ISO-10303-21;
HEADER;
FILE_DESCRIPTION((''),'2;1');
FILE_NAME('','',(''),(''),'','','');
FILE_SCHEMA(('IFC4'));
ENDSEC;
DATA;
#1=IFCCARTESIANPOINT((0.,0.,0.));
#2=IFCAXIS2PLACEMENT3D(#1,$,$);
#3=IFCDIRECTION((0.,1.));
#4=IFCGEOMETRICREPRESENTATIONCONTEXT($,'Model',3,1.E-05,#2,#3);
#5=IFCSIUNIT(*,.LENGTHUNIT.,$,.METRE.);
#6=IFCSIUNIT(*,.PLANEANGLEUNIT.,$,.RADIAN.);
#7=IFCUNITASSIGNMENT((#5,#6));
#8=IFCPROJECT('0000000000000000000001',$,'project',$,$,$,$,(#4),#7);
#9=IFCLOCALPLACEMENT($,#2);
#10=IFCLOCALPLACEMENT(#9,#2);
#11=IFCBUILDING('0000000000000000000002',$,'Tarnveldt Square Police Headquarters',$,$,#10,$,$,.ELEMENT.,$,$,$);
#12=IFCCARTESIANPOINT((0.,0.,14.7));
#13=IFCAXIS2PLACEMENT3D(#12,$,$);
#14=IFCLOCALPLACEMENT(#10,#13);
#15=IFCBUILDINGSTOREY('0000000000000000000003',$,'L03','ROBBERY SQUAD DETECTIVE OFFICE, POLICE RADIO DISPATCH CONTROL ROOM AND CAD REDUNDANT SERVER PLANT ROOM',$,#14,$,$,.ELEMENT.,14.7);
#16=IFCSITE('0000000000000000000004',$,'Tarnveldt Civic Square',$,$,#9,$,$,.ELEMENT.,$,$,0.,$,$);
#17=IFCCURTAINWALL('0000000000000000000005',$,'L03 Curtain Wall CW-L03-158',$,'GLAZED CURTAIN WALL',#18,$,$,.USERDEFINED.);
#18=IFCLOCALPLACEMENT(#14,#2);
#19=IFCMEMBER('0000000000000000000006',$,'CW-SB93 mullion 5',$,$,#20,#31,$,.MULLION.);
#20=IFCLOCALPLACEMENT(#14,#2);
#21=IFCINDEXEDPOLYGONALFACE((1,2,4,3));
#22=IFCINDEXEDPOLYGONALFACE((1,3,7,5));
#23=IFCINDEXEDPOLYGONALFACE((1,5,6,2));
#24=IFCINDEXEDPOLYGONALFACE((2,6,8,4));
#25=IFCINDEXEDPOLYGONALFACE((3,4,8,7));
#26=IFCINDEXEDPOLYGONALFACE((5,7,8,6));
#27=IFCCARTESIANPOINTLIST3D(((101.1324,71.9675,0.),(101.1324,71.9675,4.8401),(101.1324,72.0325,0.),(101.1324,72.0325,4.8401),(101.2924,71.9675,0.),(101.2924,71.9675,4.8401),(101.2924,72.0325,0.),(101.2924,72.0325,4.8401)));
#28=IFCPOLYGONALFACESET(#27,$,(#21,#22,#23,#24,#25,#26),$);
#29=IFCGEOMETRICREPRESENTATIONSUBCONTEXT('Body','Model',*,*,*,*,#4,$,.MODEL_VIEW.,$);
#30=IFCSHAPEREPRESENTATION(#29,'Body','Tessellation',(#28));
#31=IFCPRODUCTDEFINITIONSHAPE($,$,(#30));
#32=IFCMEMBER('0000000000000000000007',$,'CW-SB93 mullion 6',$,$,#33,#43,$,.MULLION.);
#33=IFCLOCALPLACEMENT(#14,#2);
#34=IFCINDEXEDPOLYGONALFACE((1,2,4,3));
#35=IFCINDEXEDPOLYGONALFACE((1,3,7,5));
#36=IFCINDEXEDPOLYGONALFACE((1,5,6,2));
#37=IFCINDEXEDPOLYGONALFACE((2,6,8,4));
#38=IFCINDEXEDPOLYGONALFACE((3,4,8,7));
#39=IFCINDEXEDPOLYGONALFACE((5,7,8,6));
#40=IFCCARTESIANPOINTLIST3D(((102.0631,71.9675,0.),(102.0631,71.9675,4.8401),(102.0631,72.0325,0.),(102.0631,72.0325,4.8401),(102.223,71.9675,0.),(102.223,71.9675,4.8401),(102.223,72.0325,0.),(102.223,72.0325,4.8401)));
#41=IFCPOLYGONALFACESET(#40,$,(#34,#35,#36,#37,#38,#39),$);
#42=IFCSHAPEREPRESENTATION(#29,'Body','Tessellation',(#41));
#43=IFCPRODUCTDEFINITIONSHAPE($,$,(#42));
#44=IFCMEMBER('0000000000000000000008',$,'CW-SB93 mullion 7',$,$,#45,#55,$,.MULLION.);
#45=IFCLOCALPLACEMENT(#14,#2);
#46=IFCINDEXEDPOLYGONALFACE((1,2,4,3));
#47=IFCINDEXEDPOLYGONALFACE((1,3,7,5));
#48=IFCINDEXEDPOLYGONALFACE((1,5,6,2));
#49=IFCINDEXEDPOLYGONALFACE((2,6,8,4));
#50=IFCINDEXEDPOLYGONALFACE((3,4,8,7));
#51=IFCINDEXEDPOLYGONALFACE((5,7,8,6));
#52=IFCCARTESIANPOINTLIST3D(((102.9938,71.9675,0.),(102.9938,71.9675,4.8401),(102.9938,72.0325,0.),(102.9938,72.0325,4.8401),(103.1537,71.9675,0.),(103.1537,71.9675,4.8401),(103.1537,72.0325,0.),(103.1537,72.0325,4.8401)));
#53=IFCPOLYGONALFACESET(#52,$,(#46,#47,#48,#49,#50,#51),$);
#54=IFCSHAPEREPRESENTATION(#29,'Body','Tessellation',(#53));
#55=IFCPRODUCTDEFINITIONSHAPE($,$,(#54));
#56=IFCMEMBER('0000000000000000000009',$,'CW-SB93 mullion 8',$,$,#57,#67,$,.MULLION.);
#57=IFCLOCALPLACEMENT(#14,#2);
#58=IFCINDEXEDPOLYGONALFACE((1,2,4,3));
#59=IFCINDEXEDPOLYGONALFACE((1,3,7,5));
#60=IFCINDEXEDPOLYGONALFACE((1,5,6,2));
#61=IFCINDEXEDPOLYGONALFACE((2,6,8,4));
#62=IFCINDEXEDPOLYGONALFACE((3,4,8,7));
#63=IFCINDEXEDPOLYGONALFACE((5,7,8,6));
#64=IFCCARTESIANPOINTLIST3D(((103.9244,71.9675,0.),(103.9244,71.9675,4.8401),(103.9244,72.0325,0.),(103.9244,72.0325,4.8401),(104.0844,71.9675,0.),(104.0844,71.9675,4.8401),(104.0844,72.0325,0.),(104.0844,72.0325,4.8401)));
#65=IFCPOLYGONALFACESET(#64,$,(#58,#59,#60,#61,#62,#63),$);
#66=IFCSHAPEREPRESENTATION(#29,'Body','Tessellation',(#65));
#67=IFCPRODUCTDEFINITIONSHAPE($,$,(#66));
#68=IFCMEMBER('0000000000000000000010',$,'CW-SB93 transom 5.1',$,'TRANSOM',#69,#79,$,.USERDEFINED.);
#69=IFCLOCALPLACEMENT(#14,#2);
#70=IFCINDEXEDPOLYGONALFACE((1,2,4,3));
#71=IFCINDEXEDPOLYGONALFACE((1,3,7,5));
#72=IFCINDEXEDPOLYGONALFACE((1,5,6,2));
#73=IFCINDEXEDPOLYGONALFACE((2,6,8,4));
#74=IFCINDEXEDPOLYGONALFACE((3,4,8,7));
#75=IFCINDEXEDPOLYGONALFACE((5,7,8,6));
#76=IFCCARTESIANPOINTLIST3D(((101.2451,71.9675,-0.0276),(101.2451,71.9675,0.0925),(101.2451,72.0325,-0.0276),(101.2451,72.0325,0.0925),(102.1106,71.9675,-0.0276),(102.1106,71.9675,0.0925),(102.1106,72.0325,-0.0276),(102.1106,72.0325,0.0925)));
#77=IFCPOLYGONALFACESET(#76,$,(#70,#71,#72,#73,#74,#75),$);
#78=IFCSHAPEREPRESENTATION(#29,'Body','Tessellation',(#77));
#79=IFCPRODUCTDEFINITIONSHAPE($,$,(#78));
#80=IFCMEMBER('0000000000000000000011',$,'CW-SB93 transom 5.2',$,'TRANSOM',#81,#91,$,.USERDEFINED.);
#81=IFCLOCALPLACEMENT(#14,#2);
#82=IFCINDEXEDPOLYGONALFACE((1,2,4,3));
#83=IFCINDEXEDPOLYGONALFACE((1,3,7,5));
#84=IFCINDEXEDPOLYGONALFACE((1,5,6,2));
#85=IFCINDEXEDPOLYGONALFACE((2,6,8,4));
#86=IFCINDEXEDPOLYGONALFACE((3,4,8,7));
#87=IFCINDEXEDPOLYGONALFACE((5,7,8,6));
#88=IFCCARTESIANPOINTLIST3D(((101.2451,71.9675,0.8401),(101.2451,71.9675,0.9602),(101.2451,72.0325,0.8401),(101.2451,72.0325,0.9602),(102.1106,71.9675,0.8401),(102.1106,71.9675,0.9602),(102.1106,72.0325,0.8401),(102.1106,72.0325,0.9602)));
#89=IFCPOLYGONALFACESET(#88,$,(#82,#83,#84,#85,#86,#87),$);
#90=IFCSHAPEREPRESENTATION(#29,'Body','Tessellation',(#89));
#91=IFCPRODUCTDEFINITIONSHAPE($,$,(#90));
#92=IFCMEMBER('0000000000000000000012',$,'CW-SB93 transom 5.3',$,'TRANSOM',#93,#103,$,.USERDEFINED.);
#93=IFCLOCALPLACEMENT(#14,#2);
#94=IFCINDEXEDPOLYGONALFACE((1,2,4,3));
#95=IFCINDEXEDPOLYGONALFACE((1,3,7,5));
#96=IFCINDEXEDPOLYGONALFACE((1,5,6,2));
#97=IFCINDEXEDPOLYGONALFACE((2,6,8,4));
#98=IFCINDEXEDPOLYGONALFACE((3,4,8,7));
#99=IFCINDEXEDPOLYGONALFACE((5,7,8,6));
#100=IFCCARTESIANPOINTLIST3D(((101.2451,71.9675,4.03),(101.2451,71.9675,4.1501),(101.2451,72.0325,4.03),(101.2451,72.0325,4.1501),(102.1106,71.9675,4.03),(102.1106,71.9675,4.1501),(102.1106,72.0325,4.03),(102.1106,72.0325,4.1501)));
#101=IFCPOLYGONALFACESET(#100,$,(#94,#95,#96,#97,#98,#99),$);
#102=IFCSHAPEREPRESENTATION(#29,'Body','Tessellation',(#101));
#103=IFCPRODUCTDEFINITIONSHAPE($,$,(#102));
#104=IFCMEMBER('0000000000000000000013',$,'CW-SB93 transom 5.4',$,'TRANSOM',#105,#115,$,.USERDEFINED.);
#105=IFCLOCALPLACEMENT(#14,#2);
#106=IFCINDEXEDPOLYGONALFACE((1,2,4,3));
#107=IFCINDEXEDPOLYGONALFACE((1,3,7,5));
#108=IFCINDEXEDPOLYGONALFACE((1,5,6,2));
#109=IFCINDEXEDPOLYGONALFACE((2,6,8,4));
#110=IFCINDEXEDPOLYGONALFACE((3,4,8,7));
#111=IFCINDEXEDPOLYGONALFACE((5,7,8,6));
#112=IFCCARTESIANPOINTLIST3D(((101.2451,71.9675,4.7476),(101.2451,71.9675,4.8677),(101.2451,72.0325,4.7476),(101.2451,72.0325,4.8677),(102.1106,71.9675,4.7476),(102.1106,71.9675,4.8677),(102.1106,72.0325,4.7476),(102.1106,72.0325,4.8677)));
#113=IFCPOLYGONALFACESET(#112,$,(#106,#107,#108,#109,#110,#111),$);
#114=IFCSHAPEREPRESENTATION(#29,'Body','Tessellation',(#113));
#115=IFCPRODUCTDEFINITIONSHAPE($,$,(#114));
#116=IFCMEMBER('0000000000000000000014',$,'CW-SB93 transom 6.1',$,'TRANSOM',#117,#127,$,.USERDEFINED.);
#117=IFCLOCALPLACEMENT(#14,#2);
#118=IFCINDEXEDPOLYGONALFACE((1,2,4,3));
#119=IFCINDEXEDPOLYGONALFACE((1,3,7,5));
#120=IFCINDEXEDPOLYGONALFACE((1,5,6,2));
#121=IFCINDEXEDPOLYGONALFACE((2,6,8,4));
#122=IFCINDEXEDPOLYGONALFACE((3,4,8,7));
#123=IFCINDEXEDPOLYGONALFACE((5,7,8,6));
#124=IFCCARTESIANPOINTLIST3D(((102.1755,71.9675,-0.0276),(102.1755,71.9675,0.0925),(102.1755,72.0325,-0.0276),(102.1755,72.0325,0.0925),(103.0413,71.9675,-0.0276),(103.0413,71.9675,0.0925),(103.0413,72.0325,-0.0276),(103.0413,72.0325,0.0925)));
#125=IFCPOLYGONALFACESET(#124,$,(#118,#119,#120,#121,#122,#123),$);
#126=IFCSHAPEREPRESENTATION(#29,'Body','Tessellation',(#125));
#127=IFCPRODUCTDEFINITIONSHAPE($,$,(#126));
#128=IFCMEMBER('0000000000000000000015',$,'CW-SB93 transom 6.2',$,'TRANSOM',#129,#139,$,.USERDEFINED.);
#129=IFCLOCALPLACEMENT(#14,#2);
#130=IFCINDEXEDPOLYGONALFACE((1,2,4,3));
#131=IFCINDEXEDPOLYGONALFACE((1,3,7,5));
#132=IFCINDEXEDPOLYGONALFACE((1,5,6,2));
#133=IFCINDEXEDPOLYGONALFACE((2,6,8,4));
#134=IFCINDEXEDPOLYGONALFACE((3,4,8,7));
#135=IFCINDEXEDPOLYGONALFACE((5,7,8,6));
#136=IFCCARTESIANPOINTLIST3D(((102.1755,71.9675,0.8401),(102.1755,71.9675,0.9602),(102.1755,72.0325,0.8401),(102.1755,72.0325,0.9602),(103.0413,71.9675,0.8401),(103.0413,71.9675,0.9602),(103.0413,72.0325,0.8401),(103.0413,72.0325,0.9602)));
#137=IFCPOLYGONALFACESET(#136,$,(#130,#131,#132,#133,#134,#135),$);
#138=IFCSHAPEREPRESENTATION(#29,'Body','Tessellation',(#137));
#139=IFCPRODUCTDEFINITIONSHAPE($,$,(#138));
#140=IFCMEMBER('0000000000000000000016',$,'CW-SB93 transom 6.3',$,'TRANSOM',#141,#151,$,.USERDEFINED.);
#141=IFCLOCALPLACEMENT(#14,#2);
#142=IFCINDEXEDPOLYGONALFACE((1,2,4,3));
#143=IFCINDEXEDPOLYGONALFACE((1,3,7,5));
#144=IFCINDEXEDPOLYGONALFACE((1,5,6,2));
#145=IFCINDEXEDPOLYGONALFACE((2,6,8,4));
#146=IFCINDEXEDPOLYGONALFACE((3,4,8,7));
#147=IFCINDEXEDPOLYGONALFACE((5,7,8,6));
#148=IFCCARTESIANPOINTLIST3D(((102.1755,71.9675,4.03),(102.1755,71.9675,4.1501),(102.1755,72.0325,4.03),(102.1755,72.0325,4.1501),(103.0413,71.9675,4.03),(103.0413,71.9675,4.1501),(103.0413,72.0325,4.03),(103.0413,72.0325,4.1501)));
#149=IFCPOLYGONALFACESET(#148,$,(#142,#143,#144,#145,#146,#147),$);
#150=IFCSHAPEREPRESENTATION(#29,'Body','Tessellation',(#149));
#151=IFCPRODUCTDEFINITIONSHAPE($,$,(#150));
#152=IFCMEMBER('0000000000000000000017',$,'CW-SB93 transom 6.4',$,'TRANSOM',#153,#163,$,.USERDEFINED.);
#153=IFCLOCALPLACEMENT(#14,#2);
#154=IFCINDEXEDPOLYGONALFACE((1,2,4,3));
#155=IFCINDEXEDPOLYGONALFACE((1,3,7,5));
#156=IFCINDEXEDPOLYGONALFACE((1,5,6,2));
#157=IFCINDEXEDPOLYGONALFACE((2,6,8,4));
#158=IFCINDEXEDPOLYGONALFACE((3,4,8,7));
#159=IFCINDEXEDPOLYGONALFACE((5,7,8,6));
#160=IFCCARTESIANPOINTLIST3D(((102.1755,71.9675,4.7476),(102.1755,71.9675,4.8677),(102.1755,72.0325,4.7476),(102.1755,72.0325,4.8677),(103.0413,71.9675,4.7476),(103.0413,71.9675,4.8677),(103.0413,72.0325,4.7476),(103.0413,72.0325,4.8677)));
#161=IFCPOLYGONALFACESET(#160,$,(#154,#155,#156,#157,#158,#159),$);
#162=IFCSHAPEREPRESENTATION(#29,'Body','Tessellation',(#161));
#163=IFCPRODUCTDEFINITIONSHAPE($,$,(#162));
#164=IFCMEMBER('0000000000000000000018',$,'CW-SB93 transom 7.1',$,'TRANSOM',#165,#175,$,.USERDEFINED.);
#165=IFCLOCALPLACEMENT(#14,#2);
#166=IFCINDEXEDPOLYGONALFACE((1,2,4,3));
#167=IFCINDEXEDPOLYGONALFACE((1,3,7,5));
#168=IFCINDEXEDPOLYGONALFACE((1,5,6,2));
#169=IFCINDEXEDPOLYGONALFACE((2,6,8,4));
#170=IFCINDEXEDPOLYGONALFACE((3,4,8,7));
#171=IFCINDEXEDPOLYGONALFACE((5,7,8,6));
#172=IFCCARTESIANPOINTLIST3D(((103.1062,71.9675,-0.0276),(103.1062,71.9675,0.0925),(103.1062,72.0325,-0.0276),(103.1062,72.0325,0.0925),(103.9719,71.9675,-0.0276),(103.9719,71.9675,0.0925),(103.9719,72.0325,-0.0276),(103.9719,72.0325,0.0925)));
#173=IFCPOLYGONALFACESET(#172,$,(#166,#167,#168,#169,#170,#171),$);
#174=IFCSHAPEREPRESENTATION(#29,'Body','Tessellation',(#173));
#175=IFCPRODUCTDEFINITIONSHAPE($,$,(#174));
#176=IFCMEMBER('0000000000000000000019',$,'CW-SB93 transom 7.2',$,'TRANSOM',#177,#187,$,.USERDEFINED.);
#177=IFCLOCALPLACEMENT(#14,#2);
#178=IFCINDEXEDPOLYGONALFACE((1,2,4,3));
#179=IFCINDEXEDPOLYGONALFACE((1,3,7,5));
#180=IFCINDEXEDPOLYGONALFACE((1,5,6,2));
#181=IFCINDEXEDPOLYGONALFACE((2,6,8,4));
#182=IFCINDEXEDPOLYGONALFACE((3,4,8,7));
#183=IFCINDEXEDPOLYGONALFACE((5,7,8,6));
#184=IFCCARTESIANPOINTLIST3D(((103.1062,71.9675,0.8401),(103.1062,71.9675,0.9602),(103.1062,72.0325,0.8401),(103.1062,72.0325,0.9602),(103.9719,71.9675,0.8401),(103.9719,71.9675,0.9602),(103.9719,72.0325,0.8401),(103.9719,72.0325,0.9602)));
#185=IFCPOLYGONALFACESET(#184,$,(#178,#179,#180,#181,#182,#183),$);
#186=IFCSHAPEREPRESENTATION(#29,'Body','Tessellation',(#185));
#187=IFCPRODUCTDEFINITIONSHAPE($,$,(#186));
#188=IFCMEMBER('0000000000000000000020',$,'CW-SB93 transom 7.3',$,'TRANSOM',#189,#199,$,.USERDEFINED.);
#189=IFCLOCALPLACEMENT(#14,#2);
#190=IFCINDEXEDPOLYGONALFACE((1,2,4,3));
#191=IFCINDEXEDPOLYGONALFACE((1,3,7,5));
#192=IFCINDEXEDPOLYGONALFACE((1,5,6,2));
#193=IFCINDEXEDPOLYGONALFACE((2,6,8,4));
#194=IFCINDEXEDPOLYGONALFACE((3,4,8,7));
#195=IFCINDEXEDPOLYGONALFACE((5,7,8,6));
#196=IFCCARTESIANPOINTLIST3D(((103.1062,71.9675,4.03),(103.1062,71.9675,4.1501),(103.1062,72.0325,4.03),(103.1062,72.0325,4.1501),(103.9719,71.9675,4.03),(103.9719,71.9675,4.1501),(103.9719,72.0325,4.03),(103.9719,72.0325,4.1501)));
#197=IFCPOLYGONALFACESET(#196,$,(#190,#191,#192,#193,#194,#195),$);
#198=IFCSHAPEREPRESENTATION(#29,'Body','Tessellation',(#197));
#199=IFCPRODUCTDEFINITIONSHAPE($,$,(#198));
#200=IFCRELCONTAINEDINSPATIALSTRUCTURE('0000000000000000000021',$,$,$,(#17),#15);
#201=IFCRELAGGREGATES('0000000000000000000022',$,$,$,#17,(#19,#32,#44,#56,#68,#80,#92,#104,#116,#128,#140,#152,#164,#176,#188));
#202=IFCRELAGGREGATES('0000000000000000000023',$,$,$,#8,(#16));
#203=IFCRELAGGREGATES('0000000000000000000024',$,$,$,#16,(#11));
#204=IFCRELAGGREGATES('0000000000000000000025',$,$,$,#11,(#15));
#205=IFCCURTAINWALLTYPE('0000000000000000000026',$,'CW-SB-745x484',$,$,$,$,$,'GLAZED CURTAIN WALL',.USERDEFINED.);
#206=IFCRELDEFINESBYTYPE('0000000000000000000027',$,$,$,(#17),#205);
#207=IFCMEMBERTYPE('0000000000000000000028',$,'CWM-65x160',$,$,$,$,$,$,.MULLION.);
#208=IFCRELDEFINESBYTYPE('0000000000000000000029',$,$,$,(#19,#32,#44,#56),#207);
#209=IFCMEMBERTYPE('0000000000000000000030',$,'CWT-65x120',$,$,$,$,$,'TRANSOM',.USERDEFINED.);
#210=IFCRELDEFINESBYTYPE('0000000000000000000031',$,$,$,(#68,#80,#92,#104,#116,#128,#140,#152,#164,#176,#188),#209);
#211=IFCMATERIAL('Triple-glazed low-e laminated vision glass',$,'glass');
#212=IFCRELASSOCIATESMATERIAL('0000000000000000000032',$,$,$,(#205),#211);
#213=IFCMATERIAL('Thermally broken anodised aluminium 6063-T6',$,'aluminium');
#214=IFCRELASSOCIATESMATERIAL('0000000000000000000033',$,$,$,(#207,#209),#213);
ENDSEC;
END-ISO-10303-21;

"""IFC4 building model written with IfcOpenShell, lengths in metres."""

from ifc_helpers import new_model, si_unit, direction, frame, origin, origin_2d, place, context, subcontext, project, spatial, rectangle, extrude, material, material_profile, profile_set, type_object, element, aggregate, save


model = new_model("IFC4")

# Units and contexts
model_context = context("Model", 3, precision=1e-05, world=origin(), true_north=direction((0.0, 1.0)))
body_context = subcontext(model_context, "Body", "Model", "MODEL_VIEW")
ifc_project = project(units=[si_unit("LENGTHUNIT", "METRE"), si_unit("PLANEANGLEUNIT", "RADIAN")], contexts=[model_context])

# Site, building, storey
site_placement = place(None, origin())
site = spatial("IfcSite", under=ifc_project, at=site_placement, Name="Tarnveldt Civic Square", CompositionType="ELEMENT", RefElevation=0.0)
building_placement = place(site_placement, origin())
building = spatial("IfcBuilding", under=site, at=building_placement, Name="Tarnveldt Square Police Headquarters", CompositionType="ELEMENT")
storey_placement = place(building_placement, frame((0.0, 0.0, 14.7)))
storey = spatial("IfcBuildingStorey", under=building, at=storey_placement, Name="L03", Description="ROBBERY SQUAD DETECTIVE OFFICE, POLICE RADIO DISPATCH CONTROL ROOM AND CAD REDUNDANT SERVER PLANT ROOM", CompositionType="ELEMENT", Elevation=14.7)

# Curtain wall, members
ifc_material_1 = material(Name="Triple-glazed low-e laminated vision glass", Category="glass")
curtain_wall_type = type_object("IfcCurtainWallType", Name="CW-SB-745x484", ElementType="GLAZED CURTAIN WALL", PredefinedType="USERDEFINED", material=ifc_material_1)
curtain_wall_placement = place(storey_placement, origin())
curtain_wall = element("IfcCurtainWall", 1, at=curtain_wall_placement, inside=storey, type_object=curtain_wall_type, Name="L03 Curtain Wall CW-L03-158", ObjectType="GLAZED CURTAIN WALL", PredefinedType="USERDEFINED")
ifc_material_2 = material(Name="Thermally broken anodised aluminium 6063-T6", Category="aluminium")
ifc_material_profile_1 = material_profile(ifc_material_2, rectangle(XDim=0.0649, YDim=0.1599, at=origin_2d()), Name="CW-M65x160")
ifc_profile_set_1 = profile_set([ifc_material_profile_1], Name="Thermally broken anodised aluminium 6063-T6")
member_type_1 = type_object("IfcMemberType", Name="CWM-65x160", PredefinedType="MULLION", material=ifc_profile_set_1)
member_1_placement = place(storey_placement, frame((101.2124, 72.0, 0.0), z_axis=(0.0, 0.0, 1.0), x_axis=(0.0, 1.0, 0.0)))
member_1 = element("IfcMember", 2, at=member_1_placement, type_object=member_type_1, Name="CW-SB93 mullion 5", PredefinedType="MULLION", context=body_context, shape_type="SweptSolid", body=[
    extrude(rectangle(XDim=0.0649, YDim=0.1599, at=origin_2d()), origin(), (0.0, 0.0, 1.0), 4.8401),
])
member_2_placement = place(storey_placement, frame((102.1431, 72.0, 0.0), z_axis=(0.0, 0.0, 1.0), x_axis=(0.0, 1.0, 0.0)))
member_2 = element("IfcMember", 3, at=member_2_placement, type_object=member_type_1, Name="CW-SB93 mullion 6", PredefinedType="MULLION", context=body_context, shape_type="SweptSolid", body=[
    extrude(rectangle(XDim=0.0649, YDim=0.1599, at=origin_2d()), origin(), (0.0, 0.0, 1.0), 4.8401),
])
member_3_placement = place(storey_placement, frame((103.0737, 72.0, 0.0), z_axis=(0.0, 0.0, 1.0), x_axis=(0.0, 1.0, 0.0)))
member_3 = element("IfcMember", 4, at=member_3_placement, type_object=member_type_1, Name="CW-SB93 mullion 7", PredefinedType="MULLION", context=body_context, shape_type="SweptSolid", body=[
    extrude(rectangle(XDim=0.0649, YDim=0.1599, at=origin_2d()), origin(), (0.0, 0.0, 1.0), 4.8401),
])
member_4_placement = place(storey_placement, frame((104.0044, 72.0, 0.0), z_axis=(0.0, 0.0, 1.0), x_axis=(0.0, 1.0, 0.0)))
member_4 = element("IfcMember", 5, at=member_4_placement, type_object=member_type_1, Name="CW-SB93 mullion 8", PredefinedType="MULLION", context=body_context, shape_type="SweptSolid", body=[
    extrude(rectangle(XDim=0.0649, YDim=0.1599, at=origin_2d()), origin(), (0.0, 0.0, 1.0), 4.8401),
])
ifc_material_profile_2 = material_profile(ifc_material_2, rectangle(XDim=0.0649, YDim=0.1201, at=origin_2d()), Name="CW-T65x120")
ifc_profile_set_2 = profile_set([ifc_material_profile_2], Name="Thermally broken anodised aluminium 6063-T6")
member_type_2 = type_object("IfcMemberType", Name="CWT-65x120", ElementType="TRANSOM", PredefinedType="USERDEFINED", material=ifc_profile_set_2)
member_5_placement = place(storey_placement, frame((101.2451, 72.0, 0.0325), z_axis=(1.0, 0.0, 0.0), x_axis=(0.0, 1.0, 0.0)))
member_5 = element("IfcMember", 6, at=member_5_placement, type_object=member_type_2, Name="CW-SB93 transom 5.1", ObjectType="TRANSOM", PredefinedType="USERDEFINED", context=body_context, shape_type="SweptSolid", body=[
    extrude(rectangle(XDim=0.0649, YDim=0.1201, at=origin_2d()), origin(), (0.0, 0.0, 1.0), 0.8655),
])
member_6_placement = place(storey_placement, frame((101.2451, 72.0, 0.9001), z_axis=(1.0, 0.0, 0.0), x_axis=(0.0, 1.0, 0.0)))
member_6 = element("IfcMember", 7, at=member_6_placement, type_object=member_type_2, Name="CW-SB93 transom 5.2", ObjectType="TRANSOM", PredefinedType="USERDEFINED", context=body_context, shape_type="SweptSolid", body=[
    extrude(rectangle(XDim=0.0649, YDim=0.1201, at=origin_2d()), origin(), (0.0, 0.0, 1.0), 0.8655),
])
member_7_placement = place(storey_placement, frame((101.2451, 72.0, 4.0901), z_axis=(1.0, 0.0, 0.0), x_axis=(0.0, 1.0, 0.0)))
member_7 = element("IfcMember", 8, at=member_7_placement, type_object=member_type_2, Name="CW-SB93 transom 5.3", ObjectType="TRANSOM", PredefinedType="USERDEFINED", context=body_context, shape_type="SweptSolid", body=[
    extrude(rectangle(XDim=0.0649, YDim=0.1201, at=origin_2d()), origin(), (0.0, 0.0, 1.0), 0.8655),
])
member_8_placement = place(storey_placement, frame((101.2451, 72.0, 4.8076), z_axis=(1.0, 0.0, 0.0), x_axis=(0.0, 1.0, 0.0)))
member_8 = element("IfcMember", 9, at=member_8_placement, type_object=member_type_2, Name="CW-SB93 transom 5.4", ObjectType="TRANSOM", PredefinedType="USERDEFINED", context=body_context, shape_type="SweptSolid", body=[
    extrude(rectangle(XDim=0.0649, YDim=0.1201, at=origin_2d()), origin(), (0.0, 0.0, 1.0), 0.8655),
])
member_9_placement = place(storey_placement, frame((102.1755, 72.0, 0.0325), z_axis=(1.0, 0.0, 0.0), x_axis=(0.0, 1.0, 0.0)))
member_9 = element("IfcMember", 10, at=member_9_placement, type_object=member_type_2, Name="CW-SB93 transom 6.1", ObjectType="TRANSOM", PredefinedType="USERDEFINED", context=body_context, shape_type="SweptSolid", body=[
    extrude(rectangle(XDim=0.0649, YDim=0.1201, at=origin_2d()), origin(), (0.0, 0.0, 1.0), 0.8657),
])
member_10_placement = place(storey_placement, frame((102.1755, 72.0, 0.9001), z_axis=(1.0, 0.0, 0.0), x_axis=(0.0, 1.0, 0.0)))
member_10 = element("IfcMember", 11, at=member_10_placement, type_object=member_type_2, Name="CW-SB93 transom 6.2", ObjectType="TRANSOM", PredefinedType="USERDEFINED", context=body_context, shape_type="SweptSolid", body=[
    extrude(rectangle(XDim=0.0649, YDim=0.1201, at=origin_2d()), origin(), (0.0, 0.0, 1.0), 0.8657),
])
member_11_placement = place(storey_placement, frame((102.1755, 72.0, 4.0901), z_axis=(1.0, 0.0, 0.0), x_axis=(0.0, 1.0, 0.0)))
member_11 = element("IfcMember", 12, at=member_11_placement, type_object=member_type_2, Name="CW-SB93 transom 6.3", ObjectType="TRANSOM", PredefinedType="USERDEFINED", context=body_context, shape_type="SweptSolid", body=[
    extrude(rectangle(XDim=0.0649, YDim=0.1201, at=origin_2d()), origin(), (0.0, 0.0, 1.0), 0.8657),
])
member_12_placement = place(storey_placement, frame((102.1755, 72.0, 4.8076), z_axis=(1.0, 0.0, 0.0), x_axis=(0.0, 1.0, 0.0)))
member_12 = element("IfcMember", 13, at=member_12_placement, type_object=member_type_2, Name="CW-SB93 transom 6.4", ObjectType="TRANSOM", PredefinedType="USERDEFINED", context=body_context, shape_type="SweptSolid", body=[
    extrude(rectangle(XDim=0.0649, YDim=0.1201, at=origin_2d()), origin(), (0.0, 0.0, 1.0), 0.8657),
])
member_13_placement = place(storey_placement, frame((103.1062, 72.0, 0.0325), z_axis=(1.0, 0.0, 0.0), x_axis=(0.0, 1.0, 0.0)))
member_13 = element("IfcMember", 14, at=member_13_placement, type_object=member_type_2, Name="CW-SB93 transom 7.1", ObjectType="TRANSOM", PredefinedType="USERDEFINED", context=body_context, shape_type="SweptSolid", body=[
    extrude(rectangle(XDim=0.0649, YDim=0.1201, at=origin_2d()), origin(), (0.0, 0.0, 1.0), 0.8657),
])
member_14_placement = place(storey_placement, frame((103.1062, 72.0, 0.9001), z_axis=(1.0, 0.0, 0.0), x_axis=(0.0, 1.0, 0.0)))
member_14 = element("IfcMember", 15, at=member_14_placement, type_object=member_type_2, Name="CW-SB93 transom 7.2", ObjectType="TRANSOM", PredefinedType="USERDEFINED", context=body_context, shape_type="SweptSolid", body=[
    extrude(rectangle(XDim=0.0649, YDim=0.1201, at=origin_2d()), origin(), (0.0, 0.0, 1.0), 0.8657),
])
member_15_placement = place(storey_placement, frame((103.1062, 72.0, 4.0901), z_axis=(1.0, 0.0, 0.0), x_axis=(0.0, 1.0, 0.0)))
member_15 = element("IfcMember", 16, at=member_15_placement, type_object=member_type_2, Name="CW-SB93 transom 7.3", ObjectType="TRANSOM", PredefinedType="USERDEFINED", context=body_context, shape_type="SweptSolid", body=[
    extrude(rectangle(XDim=0.0649, YDim=0.1201, at=origin_2d()), origin(), (0.0, 0.0, 1.0), 0.8657),
])
aggregate(curtain_wall, [member_1, member_2, member_3, member_4, member_5, member_6, member_7, member_8, member_9, member_10, member_11, member_12, member_13, member_14, member_15])

save(model, "model.ifc")
